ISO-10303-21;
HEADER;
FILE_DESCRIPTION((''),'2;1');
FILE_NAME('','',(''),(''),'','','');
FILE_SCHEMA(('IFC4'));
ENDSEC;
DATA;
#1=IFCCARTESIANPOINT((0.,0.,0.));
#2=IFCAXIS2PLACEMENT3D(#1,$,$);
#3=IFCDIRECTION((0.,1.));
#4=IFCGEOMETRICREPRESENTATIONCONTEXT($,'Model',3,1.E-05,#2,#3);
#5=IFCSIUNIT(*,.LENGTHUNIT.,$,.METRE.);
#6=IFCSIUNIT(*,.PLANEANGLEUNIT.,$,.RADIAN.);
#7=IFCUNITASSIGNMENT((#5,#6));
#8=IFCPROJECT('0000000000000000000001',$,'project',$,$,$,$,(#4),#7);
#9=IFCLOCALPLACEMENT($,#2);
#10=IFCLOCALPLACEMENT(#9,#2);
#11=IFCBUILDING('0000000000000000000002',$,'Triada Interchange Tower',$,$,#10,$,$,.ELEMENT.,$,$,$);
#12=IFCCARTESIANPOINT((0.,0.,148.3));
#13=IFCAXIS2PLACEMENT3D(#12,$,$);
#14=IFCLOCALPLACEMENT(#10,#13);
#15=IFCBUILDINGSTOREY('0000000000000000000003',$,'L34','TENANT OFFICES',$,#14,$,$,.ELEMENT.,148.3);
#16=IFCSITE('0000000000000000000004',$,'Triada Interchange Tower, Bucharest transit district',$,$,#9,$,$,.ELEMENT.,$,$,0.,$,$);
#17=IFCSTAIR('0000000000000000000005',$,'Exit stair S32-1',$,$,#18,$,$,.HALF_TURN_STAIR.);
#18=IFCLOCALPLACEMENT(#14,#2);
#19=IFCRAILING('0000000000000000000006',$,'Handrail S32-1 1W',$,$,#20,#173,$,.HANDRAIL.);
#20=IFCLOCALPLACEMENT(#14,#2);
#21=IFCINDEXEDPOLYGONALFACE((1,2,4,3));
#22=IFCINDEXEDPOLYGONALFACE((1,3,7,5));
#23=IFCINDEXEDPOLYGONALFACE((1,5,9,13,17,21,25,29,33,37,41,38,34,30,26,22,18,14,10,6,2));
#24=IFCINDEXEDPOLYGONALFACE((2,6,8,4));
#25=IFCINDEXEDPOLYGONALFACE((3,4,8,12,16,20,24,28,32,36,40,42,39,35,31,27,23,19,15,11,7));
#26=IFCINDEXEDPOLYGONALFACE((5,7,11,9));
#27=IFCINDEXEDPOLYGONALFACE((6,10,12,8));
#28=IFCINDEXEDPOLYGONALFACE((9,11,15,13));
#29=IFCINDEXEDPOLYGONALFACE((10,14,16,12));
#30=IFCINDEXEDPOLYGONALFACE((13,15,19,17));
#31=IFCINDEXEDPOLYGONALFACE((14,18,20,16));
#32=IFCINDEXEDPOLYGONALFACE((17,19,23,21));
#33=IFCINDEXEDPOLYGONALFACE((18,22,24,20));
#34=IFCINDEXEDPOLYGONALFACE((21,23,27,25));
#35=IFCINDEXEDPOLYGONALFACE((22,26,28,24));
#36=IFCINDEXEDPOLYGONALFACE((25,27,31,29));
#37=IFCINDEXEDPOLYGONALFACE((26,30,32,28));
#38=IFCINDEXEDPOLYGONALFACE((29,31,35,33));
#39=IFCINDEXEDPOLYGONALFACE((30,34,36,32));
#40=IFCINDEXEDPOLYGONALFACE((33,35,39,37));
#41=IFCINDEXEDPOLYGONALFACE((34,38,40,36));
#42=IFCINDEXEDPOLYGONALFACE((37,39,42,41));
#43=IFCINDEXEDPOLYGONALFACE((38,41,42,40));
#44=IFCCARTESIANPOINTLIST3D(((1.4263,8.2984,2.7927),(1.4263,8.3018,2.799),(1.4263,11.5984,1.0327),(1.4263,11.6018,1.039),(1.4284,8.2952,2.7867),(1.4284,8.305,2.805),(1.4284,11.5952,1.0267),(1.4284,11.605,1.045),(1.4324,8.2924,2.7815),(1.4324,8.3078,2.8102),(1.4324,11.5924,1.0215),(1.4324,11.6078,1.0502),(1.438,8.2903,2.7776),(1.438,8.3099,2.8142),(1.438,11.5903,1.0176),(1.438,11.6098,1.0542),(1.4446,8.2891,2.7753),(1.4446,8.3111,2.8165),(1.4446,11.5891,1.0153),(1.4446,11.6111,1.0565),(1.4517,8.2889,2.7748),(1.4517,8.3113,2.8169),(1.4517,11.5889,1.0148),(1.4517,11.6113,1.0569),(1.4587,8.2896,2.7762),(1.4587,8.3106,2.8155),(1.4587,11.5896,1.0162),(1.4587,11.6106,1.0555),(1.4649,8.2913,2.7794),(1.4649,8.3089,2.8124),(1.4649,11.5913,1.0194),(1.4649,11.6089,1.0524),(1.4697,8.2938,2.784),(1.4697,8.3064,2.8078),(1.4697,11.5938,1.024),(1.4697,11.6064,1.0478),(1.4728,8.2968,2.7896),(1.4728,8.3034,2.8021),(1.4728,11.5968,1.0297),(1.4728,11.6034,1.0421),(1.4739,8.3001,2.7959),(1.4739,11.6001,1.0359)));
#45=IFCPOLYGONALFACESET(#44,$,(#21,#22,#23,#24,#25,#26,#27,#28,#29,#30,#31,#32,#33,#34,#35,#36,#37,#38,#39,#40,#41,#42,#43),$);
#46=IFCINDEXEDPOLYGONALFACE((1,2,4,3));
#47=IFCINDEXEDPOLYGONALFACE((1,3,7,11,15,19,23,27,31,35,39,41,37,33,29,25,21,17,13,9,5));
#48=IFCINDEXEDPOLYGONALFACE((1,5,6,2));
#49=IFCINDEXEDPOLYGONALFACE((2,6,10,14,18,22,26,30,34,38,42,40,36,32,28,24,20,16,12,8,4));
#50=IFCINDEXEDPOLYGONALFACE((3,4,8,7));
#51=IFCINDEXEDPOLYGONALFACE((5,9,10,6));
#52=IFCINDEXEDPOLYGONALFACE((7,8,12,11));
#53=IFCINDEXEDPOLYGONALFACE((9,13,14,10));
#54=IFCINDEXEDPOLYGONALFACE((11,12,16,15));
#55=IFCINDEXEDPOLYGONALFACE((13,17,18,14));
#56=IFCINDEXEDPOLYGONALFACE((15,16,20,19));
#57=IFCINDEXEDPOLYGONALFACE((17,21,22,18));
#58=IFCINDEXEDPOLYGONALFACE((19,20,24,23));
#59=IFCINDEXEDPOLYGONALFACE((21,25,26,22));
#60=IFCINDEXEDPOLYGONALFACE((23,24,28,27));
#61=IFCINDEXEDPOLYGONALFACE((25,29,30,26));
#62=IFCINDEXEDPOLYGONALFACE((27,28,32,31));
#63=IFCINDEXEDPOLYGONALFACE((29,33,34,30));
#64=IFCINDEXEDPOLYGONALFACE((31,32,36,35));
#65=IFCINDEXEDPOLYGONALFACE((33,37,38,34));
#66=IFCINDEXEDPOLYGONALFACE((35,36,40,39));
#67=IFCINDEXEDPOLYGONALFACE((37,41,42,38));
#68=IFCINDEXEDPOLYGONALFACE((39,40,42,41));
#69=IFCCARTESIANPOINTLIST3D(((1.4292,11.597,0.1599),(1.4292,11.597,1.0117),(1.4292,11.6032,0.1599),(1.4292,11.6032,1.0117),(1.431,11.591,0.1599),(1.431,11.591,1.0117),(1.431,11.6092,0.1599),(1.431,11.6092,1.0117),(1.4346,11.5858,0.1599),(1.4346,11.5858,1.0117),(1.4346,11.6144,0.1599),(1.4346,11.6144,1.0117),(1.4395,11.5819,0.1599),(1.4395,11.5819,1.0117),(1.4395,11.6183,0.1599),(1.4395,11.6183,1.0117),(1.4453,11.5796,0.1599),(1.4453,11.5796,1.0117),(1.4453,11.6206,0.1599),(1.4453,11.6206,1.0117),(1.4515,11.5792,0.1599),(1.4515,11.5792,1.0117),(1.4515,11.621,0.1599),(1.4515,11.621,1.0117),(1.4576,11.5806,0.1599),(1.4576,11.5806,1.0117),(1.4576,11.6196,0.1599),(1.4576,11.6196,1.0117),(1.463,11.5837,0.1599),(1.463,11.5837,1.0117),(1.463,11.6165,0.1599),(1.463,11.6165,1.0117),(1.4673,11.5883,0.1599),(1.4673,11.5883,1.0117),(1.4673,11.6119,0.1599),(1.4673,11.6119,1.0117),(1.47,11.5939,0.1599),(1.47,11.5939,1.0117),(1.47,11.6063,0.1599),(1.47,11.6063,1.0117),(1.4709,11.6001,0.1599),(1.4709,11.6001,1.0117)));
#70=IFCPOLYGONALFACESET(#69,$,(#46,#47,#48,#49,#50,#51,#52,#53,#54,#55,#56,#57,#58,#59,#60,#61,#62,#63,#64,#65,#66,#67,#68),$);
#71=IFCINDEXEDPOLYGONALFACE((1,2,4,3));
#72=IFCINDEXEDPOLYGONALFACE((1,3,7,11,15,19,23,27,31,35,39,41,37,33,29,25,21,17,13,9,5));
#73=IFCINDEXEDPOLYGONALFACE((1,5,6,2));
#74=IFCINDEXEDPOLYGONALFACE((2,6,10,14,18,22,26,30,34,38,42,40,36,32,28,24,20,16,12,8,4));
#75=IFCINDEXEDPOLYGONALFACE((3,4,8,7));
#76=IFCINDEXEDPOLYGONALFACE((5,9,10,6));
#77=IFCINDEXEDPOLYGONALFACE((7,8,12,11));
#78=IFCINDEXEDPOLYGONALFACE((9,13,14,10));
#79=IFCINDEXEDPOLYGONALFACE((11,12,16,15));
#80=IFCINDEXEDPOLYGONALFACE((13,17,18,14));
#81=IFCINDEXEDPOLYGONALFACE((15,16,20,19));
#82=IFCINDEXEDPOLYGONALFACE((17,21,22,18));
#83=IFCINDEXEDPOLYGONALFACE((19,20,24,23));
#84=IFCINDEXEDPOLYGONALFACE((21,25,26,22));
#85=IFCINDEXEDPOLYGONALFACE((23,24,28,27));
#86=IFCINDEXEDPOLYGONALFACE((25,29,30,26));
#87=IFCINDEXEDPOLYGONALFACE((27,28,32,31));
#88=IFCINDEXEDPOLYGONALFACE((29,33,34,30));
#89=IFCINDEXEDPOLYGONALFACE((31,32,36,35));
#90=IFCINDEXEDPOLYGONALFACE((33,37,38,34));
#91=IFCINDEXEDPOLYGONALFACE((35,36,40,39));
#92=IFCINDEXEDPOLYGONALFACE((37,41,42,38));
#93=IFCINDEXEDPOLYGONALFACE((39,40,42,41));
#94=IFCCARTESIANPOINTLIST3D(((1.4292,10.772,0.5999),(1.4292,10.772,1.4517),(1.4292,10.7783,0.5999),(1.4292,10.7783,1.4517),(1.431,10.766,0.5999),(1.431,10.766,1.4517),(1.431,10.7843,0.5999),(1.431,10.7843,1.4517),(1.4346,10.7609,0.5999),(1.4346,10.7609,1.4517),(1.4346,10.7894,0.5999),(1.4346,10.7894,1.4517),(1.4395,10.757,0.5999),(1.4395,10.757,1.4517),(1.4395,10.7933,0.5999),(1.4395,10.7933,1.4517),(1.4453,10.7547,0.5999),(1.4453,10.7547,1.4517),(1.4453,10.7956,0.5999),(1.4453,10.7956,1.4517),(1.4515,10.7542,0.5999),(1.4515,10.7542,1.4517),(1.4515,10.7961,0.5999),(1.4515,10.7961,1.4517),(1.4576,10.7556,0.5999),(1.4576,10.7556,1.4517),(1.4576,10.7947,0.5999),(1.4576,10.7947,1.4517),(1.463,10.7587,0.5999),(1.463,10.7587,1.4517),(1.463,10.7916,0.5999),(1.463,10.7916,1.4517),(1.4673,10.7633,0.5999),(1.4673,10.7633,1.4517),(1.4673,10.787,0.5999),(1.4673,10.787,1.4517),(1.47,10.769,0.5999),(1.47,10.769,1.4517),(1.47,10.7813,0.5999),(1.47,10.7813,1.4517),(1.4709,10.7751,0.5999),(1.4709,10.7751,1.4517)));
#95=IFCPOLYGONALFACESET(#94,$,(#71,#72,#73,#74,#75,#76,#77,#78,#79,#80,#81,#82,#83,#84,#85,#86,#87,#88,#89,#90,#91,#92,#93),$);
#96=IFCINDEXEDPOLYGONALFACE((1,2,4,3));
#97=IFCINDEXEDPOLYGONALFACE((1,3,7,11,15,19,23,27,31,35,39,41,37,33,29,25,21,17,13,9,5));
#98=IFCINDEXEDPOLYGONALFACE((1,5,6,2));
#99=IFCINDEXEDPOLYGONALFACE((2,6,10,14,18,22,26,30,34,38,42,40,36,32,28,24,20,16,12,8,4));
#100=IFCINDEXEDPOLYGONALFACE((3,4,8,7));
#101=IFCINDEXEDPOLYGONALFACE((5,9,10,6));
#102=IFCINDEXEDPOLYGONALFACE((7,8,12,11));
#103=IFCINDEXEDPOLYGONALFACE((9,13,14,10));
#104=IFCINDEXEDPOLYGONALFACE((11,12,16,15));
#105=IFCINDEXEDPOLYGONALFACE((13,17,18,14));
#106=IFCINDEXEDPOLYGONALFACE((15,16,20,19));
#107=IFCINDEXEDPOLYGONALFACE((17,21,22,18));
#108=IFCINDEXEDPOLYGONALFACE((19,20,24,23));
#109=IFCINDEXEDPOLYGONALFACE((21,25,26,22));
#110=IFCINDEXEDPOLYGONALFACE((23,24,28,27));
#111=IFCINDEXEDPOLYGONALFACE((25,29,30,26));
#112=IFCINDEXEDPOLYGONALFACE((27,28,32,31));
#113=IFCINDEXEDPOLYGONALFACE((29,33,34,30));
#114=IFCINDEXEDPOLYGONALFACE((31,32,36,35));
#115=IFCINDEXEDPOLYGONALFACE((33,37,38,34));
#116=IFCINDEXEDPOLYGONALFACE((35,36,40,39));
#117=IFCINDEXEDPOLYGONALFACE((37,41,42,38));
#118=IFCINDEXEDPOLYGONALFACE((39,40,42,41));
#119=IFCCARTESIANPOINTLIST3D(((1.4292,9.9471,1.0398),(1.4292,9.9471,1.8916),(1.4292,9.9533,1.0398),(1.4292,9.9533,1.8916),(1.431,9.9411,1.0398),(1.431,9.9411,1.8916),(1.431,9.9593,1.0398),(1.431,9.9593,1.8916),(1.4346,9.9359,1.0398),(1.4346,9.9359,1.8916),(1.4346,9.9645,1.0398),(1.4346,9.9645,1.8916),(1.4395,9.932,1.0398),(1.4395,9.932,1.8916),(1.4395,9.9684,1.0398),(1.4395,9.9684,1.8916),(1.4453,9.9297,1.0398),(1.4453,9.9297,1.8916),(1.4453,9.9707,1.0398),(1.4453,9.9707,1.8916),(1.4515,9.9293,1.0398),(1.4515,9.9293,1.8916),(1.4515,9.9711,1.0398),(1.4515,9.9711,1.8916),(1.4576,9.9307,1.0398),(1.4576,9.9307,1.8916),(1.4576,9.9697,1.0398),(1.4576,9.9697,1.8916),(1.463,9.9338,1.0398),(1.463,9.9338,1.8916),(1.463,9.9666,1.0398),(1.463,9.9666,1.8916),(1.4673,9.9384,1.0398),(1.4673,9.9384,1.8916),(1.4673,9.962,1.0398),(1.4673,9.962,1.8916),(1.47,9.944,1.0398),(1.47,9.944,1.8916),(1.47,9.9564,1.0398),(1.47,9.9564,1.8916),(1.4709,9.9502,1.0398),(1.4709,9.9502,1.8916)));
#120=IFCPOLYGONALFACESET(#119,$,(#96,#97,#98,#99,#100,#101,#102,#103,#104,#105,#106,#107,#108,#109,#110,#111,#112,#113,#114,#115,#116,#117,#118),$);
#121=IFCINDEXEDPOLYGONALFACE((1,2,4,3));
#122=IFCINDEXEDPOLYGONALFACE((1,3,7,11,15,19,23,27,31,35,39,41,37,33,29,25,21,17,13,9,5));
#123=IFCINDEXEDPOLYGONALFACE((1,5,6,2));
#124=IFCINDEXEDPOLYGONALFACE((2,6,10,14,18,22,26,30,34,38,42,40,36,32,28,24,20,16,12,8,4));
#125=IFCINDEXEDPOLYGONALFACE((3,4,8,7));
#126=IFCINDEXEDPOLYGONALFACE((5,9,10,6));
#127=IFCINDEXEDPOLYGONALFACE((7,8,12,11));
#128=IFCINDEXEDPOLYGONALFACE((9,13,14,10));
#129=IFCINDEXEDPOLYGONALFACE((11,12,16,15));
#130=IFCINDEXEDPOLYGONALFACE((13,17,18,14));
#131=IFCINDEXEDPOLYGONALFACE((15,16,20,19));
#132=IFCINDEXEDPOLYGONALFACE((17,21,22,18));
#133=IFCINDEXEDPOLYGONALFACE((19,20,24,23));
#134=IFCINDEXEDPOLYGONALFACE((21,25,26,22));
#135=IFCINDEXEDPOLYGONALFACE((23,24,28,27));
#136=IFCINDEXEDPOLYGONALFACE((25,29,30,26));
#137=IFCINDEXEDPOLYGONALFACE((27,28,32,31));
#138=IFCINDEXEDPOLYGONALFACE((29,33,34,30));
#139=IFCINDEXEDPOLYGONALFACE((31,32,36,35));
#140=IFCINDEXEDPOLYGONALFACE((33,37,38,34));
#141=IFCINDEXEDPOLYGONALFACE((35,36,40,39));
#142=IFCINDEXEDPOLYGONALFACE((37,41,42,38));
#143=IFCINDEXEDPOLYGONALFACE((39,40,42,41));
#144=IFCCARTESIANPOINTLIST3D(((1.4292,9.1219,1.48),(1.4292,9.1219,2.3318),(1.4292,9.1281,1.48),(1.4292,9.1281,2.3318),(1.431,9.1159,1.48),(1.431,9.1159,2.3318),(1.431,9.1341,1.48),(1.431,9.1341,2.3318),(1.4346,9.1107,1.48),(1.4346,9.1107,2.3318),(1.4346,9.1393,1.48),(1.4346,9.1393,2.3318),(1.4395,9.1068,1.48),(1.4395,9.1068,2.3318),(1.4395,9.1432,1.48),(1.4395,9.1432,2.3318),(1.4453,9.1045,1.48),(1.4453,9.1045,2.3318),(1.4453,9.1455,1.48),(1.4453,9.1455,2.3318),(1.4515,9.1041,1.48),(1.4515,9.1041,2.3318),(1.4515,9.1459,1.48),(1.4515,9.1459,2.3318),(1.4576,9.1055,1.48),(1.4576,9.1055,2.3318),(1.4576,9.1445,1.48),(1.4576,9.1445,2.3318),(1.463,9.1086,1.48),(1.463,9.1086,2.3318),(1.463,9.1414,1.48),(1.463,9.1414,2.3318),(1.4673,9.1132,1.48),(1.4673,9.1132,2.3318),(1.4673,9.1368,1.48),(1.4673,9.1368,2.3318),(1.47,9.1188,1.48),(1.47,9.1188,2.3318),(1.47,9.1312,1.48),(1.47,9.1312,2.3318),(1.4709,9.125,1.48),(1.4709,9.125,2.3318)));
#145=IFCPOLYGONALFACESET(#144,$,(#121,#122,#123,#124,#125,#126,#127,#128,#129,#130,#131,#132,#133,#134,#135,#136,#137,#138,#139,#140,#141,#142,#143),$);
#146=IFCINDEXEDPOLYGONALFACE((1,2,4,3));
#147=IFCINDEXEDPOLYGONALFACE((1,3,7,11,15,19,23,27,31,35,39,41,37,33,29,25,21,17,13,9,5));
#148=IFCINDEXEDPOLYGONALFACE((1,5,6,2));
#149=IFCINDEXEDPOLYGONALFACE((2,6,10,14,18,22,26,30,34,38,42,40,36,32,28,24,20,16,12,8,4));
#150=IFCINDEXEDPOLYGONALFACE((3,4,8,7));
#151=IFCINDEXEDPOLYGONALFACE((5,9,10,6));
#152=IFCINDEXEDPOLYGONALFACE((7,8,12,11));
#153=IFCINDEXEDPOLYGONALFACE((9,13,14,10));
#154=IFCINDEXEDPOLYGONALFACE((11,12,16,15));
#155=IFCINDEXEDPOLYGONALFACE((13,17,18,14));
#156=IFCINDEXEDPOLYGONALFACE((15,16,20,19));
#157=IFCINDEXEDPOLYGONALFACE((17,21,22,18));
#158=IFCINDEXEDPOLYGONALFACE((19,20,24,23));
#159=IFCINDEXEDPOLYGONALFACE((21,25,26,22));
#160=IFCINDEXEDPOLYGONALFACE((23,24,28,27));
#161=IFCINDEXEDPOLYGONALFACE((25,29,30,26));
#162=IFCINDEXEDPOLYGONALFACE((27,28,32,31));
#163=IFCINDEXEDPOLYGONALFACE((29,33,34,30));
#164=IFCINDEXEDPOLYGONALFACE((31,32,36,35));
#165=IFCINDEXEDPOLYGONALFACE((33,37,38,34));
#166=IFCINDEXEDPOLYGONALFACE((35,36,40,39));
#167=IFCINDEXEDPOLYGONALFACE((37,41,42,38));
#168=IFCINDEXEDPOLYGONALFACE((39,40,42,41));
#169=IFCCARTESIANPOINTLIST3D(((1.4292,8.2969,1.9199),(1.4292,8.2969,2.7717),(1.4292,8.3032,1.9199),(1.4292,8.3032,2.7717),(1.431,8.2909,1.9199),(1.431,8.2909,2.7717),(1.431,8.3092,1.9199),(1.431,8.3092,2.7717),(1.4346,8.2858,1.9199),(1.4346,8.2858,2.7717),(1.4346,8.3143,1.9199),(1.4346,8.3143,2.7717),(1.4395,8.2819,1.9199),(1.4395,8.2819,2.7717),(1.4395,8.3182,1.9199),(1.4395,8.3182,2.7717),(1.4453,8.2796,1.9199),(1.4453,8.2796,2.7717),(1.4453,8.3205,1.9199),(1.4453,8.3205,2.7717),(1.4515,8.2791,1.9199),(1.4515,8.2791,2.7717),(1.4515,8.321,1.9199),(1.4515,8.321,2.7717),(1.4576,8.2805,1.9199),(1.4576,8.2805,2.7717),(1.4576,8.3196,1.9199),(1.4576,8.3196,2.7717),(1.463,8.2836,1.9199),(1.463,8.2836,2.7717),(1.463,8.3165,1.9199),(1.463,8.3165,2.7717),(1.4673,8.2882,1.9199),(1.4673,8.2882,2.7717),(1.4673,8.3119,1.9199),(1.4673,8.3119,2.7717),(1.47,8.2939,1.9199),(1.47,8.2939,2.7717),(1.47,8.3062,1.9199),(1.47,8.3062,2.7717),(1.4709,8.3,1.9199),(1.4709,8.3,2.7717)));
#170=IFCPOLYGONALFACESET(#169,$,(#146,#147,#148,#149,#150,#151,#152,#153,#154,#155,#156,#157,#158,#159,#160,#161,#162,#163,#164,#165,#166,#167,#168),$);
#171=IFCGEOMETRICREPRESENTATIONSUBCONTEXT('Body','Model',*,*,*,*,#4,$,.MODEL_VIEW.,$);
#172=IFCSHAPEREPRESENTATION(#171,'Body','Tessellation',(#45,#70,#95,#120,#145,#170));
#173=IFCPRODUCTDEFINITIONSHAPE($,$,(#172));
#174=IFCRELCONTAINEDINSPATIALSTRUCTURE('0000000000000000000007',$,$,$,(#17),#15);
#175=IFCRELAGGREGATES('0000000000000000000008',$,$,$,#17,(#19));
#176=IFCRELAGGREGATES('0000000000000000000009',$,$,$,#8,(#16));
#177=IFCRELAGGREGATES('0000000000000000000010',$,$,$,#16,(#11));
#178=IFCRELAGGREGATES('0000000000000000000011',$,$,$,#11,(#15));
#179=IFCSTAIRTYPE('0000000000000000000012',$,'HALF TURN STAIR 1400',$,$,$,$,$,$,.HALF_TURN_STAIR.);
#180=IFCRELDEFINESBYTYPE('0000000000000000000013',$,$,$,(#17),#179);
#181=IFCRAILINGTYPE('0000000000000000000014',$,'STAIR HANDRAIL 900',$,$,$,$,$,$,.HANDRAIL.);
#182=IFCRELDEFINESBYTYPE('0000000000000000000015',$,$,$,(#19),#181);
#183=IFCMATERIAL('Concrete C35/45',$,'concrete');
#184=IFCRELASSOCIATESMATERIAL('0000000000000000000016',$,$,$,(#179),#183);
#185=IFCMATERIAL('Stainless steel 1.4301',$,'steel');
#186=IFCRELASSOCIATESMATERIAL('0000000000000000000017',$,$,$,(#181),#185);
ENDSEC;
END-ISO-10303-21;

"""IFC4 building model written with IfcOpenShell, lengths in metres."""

from ifc_helpers import new_model, si_unit, direction, frame, origin, origin_2d, place, context, subcontext, project, spatial, circle, extrude, material, type_object, element, aggregate, save


model = new_model("IFC4")

# Units and contexts
model_context = context("Model", 3, precision=1e-05, world=origin(), true_north=direction((0.0, 1.0)))
body_context = subcontext(model_context, "Body", "Model", "MODEL_VIEW")
ifc_project = project(units=[si_unit("LENGTHUNIT", "METRE"), si_unit("PLANEANGLEUNIT", "RADIAN")], contexts=[model_context])

# Site, building, storey
site_placement = place(None, origin())
site = spatial("IfcSite", under=ifc_project, at=site_placement, Name="Triada Interchange Tower, Bucharest transit district", CompositionType="ELEMENT", RefElevation=0.0)
building_placement = place(site_placement, origin())
building = spatial("IfcBuilding", under=site, at=building_placement, Name="Triada Interchange Tower", CompositionType="ELEMENT")
storey_placement = place(building_placement, frame((0.0, 0.0, 148.3)))
storey = spatial("IfcBuildingStorey", under=building, at=storey_placement, Name="L34", Description="TENANT OFFICES", CompositionType="ELEMENT", Elevation=148.3)

# Stair
ifc_material_1 = material(Name="Concrete C35/45", Category="concrete")
stair_type = type_object("IfcStairType", Name="HALF TURN STAIR 1400", PredefinedType="HALF_TURN_STAIR", material=ifc_material_1)
stair_placement = place(storey_placement, origin())
stair = element("IfcStair", 1, at=stair_placement, inside=storey, type_object=stair_type, Name="Exit stair S32-1", PredefinedType="HALF_TURN_STAIR")

# Railing
ifc_material_2 = material(Name="Stainless steel 1.4301", Category="steel")
railing_type = type_object("IfcRailingType", Name="STAIR HANDRAIL 900", PredefinedType="HANDRAIL", material=ifc_material_2)
railing_1_placement = place(storey_placement, frame((1.45, 11.6001, 0.1599)))
railing_1 = element("IfcRailing", 2, at=railing_1_placement, type_object=railing_type, Name="Handrail S32-1 1W", PredefinedType="HANDRAIL", context=body_context, shape_type="SweptSolid", body=[
    extrude(circle(Radius=0.0239, at=origin_2d()), frame((0.0, 0.0, 0.876), z_axis=(0.0, -0.882355, 0.470585), x_axis=(1.0, 0.0, 0.0)), (0.0, 0.0, 1.0), 3.74),
    extrude(circle(Radius=0.021, at=origin_2d()), origin(), (0.0, 0.0, 1.0), 0.8518),
    extrude(circle(Radius=0.021, at=origin_2d()), frame((0.0, -0.825, 0.4399)), (0.0, 0.0, 1.0), 0.8518),
    extrude(circle(Radius=0.021, at=origin_2d()), frame((0.0, -1.6499, 0.8799)), (0.0, 0.0, 1.0), 0.8518),
    extrude(circle(Radius=0.021, at=origin_2d()), frame((0.0, -2.4751, 1.3201)), (0.0, 0.0, 1.0), 0.8518),
    extrude(circle(Radius=0.021, at=origin_2d()), frame((0.0, -3.3, 1.76)), (0.0, 0.0, 1.0), 0.8518),
])
aggregate(stair, [railing_1])

save(model, "model.ifc")
